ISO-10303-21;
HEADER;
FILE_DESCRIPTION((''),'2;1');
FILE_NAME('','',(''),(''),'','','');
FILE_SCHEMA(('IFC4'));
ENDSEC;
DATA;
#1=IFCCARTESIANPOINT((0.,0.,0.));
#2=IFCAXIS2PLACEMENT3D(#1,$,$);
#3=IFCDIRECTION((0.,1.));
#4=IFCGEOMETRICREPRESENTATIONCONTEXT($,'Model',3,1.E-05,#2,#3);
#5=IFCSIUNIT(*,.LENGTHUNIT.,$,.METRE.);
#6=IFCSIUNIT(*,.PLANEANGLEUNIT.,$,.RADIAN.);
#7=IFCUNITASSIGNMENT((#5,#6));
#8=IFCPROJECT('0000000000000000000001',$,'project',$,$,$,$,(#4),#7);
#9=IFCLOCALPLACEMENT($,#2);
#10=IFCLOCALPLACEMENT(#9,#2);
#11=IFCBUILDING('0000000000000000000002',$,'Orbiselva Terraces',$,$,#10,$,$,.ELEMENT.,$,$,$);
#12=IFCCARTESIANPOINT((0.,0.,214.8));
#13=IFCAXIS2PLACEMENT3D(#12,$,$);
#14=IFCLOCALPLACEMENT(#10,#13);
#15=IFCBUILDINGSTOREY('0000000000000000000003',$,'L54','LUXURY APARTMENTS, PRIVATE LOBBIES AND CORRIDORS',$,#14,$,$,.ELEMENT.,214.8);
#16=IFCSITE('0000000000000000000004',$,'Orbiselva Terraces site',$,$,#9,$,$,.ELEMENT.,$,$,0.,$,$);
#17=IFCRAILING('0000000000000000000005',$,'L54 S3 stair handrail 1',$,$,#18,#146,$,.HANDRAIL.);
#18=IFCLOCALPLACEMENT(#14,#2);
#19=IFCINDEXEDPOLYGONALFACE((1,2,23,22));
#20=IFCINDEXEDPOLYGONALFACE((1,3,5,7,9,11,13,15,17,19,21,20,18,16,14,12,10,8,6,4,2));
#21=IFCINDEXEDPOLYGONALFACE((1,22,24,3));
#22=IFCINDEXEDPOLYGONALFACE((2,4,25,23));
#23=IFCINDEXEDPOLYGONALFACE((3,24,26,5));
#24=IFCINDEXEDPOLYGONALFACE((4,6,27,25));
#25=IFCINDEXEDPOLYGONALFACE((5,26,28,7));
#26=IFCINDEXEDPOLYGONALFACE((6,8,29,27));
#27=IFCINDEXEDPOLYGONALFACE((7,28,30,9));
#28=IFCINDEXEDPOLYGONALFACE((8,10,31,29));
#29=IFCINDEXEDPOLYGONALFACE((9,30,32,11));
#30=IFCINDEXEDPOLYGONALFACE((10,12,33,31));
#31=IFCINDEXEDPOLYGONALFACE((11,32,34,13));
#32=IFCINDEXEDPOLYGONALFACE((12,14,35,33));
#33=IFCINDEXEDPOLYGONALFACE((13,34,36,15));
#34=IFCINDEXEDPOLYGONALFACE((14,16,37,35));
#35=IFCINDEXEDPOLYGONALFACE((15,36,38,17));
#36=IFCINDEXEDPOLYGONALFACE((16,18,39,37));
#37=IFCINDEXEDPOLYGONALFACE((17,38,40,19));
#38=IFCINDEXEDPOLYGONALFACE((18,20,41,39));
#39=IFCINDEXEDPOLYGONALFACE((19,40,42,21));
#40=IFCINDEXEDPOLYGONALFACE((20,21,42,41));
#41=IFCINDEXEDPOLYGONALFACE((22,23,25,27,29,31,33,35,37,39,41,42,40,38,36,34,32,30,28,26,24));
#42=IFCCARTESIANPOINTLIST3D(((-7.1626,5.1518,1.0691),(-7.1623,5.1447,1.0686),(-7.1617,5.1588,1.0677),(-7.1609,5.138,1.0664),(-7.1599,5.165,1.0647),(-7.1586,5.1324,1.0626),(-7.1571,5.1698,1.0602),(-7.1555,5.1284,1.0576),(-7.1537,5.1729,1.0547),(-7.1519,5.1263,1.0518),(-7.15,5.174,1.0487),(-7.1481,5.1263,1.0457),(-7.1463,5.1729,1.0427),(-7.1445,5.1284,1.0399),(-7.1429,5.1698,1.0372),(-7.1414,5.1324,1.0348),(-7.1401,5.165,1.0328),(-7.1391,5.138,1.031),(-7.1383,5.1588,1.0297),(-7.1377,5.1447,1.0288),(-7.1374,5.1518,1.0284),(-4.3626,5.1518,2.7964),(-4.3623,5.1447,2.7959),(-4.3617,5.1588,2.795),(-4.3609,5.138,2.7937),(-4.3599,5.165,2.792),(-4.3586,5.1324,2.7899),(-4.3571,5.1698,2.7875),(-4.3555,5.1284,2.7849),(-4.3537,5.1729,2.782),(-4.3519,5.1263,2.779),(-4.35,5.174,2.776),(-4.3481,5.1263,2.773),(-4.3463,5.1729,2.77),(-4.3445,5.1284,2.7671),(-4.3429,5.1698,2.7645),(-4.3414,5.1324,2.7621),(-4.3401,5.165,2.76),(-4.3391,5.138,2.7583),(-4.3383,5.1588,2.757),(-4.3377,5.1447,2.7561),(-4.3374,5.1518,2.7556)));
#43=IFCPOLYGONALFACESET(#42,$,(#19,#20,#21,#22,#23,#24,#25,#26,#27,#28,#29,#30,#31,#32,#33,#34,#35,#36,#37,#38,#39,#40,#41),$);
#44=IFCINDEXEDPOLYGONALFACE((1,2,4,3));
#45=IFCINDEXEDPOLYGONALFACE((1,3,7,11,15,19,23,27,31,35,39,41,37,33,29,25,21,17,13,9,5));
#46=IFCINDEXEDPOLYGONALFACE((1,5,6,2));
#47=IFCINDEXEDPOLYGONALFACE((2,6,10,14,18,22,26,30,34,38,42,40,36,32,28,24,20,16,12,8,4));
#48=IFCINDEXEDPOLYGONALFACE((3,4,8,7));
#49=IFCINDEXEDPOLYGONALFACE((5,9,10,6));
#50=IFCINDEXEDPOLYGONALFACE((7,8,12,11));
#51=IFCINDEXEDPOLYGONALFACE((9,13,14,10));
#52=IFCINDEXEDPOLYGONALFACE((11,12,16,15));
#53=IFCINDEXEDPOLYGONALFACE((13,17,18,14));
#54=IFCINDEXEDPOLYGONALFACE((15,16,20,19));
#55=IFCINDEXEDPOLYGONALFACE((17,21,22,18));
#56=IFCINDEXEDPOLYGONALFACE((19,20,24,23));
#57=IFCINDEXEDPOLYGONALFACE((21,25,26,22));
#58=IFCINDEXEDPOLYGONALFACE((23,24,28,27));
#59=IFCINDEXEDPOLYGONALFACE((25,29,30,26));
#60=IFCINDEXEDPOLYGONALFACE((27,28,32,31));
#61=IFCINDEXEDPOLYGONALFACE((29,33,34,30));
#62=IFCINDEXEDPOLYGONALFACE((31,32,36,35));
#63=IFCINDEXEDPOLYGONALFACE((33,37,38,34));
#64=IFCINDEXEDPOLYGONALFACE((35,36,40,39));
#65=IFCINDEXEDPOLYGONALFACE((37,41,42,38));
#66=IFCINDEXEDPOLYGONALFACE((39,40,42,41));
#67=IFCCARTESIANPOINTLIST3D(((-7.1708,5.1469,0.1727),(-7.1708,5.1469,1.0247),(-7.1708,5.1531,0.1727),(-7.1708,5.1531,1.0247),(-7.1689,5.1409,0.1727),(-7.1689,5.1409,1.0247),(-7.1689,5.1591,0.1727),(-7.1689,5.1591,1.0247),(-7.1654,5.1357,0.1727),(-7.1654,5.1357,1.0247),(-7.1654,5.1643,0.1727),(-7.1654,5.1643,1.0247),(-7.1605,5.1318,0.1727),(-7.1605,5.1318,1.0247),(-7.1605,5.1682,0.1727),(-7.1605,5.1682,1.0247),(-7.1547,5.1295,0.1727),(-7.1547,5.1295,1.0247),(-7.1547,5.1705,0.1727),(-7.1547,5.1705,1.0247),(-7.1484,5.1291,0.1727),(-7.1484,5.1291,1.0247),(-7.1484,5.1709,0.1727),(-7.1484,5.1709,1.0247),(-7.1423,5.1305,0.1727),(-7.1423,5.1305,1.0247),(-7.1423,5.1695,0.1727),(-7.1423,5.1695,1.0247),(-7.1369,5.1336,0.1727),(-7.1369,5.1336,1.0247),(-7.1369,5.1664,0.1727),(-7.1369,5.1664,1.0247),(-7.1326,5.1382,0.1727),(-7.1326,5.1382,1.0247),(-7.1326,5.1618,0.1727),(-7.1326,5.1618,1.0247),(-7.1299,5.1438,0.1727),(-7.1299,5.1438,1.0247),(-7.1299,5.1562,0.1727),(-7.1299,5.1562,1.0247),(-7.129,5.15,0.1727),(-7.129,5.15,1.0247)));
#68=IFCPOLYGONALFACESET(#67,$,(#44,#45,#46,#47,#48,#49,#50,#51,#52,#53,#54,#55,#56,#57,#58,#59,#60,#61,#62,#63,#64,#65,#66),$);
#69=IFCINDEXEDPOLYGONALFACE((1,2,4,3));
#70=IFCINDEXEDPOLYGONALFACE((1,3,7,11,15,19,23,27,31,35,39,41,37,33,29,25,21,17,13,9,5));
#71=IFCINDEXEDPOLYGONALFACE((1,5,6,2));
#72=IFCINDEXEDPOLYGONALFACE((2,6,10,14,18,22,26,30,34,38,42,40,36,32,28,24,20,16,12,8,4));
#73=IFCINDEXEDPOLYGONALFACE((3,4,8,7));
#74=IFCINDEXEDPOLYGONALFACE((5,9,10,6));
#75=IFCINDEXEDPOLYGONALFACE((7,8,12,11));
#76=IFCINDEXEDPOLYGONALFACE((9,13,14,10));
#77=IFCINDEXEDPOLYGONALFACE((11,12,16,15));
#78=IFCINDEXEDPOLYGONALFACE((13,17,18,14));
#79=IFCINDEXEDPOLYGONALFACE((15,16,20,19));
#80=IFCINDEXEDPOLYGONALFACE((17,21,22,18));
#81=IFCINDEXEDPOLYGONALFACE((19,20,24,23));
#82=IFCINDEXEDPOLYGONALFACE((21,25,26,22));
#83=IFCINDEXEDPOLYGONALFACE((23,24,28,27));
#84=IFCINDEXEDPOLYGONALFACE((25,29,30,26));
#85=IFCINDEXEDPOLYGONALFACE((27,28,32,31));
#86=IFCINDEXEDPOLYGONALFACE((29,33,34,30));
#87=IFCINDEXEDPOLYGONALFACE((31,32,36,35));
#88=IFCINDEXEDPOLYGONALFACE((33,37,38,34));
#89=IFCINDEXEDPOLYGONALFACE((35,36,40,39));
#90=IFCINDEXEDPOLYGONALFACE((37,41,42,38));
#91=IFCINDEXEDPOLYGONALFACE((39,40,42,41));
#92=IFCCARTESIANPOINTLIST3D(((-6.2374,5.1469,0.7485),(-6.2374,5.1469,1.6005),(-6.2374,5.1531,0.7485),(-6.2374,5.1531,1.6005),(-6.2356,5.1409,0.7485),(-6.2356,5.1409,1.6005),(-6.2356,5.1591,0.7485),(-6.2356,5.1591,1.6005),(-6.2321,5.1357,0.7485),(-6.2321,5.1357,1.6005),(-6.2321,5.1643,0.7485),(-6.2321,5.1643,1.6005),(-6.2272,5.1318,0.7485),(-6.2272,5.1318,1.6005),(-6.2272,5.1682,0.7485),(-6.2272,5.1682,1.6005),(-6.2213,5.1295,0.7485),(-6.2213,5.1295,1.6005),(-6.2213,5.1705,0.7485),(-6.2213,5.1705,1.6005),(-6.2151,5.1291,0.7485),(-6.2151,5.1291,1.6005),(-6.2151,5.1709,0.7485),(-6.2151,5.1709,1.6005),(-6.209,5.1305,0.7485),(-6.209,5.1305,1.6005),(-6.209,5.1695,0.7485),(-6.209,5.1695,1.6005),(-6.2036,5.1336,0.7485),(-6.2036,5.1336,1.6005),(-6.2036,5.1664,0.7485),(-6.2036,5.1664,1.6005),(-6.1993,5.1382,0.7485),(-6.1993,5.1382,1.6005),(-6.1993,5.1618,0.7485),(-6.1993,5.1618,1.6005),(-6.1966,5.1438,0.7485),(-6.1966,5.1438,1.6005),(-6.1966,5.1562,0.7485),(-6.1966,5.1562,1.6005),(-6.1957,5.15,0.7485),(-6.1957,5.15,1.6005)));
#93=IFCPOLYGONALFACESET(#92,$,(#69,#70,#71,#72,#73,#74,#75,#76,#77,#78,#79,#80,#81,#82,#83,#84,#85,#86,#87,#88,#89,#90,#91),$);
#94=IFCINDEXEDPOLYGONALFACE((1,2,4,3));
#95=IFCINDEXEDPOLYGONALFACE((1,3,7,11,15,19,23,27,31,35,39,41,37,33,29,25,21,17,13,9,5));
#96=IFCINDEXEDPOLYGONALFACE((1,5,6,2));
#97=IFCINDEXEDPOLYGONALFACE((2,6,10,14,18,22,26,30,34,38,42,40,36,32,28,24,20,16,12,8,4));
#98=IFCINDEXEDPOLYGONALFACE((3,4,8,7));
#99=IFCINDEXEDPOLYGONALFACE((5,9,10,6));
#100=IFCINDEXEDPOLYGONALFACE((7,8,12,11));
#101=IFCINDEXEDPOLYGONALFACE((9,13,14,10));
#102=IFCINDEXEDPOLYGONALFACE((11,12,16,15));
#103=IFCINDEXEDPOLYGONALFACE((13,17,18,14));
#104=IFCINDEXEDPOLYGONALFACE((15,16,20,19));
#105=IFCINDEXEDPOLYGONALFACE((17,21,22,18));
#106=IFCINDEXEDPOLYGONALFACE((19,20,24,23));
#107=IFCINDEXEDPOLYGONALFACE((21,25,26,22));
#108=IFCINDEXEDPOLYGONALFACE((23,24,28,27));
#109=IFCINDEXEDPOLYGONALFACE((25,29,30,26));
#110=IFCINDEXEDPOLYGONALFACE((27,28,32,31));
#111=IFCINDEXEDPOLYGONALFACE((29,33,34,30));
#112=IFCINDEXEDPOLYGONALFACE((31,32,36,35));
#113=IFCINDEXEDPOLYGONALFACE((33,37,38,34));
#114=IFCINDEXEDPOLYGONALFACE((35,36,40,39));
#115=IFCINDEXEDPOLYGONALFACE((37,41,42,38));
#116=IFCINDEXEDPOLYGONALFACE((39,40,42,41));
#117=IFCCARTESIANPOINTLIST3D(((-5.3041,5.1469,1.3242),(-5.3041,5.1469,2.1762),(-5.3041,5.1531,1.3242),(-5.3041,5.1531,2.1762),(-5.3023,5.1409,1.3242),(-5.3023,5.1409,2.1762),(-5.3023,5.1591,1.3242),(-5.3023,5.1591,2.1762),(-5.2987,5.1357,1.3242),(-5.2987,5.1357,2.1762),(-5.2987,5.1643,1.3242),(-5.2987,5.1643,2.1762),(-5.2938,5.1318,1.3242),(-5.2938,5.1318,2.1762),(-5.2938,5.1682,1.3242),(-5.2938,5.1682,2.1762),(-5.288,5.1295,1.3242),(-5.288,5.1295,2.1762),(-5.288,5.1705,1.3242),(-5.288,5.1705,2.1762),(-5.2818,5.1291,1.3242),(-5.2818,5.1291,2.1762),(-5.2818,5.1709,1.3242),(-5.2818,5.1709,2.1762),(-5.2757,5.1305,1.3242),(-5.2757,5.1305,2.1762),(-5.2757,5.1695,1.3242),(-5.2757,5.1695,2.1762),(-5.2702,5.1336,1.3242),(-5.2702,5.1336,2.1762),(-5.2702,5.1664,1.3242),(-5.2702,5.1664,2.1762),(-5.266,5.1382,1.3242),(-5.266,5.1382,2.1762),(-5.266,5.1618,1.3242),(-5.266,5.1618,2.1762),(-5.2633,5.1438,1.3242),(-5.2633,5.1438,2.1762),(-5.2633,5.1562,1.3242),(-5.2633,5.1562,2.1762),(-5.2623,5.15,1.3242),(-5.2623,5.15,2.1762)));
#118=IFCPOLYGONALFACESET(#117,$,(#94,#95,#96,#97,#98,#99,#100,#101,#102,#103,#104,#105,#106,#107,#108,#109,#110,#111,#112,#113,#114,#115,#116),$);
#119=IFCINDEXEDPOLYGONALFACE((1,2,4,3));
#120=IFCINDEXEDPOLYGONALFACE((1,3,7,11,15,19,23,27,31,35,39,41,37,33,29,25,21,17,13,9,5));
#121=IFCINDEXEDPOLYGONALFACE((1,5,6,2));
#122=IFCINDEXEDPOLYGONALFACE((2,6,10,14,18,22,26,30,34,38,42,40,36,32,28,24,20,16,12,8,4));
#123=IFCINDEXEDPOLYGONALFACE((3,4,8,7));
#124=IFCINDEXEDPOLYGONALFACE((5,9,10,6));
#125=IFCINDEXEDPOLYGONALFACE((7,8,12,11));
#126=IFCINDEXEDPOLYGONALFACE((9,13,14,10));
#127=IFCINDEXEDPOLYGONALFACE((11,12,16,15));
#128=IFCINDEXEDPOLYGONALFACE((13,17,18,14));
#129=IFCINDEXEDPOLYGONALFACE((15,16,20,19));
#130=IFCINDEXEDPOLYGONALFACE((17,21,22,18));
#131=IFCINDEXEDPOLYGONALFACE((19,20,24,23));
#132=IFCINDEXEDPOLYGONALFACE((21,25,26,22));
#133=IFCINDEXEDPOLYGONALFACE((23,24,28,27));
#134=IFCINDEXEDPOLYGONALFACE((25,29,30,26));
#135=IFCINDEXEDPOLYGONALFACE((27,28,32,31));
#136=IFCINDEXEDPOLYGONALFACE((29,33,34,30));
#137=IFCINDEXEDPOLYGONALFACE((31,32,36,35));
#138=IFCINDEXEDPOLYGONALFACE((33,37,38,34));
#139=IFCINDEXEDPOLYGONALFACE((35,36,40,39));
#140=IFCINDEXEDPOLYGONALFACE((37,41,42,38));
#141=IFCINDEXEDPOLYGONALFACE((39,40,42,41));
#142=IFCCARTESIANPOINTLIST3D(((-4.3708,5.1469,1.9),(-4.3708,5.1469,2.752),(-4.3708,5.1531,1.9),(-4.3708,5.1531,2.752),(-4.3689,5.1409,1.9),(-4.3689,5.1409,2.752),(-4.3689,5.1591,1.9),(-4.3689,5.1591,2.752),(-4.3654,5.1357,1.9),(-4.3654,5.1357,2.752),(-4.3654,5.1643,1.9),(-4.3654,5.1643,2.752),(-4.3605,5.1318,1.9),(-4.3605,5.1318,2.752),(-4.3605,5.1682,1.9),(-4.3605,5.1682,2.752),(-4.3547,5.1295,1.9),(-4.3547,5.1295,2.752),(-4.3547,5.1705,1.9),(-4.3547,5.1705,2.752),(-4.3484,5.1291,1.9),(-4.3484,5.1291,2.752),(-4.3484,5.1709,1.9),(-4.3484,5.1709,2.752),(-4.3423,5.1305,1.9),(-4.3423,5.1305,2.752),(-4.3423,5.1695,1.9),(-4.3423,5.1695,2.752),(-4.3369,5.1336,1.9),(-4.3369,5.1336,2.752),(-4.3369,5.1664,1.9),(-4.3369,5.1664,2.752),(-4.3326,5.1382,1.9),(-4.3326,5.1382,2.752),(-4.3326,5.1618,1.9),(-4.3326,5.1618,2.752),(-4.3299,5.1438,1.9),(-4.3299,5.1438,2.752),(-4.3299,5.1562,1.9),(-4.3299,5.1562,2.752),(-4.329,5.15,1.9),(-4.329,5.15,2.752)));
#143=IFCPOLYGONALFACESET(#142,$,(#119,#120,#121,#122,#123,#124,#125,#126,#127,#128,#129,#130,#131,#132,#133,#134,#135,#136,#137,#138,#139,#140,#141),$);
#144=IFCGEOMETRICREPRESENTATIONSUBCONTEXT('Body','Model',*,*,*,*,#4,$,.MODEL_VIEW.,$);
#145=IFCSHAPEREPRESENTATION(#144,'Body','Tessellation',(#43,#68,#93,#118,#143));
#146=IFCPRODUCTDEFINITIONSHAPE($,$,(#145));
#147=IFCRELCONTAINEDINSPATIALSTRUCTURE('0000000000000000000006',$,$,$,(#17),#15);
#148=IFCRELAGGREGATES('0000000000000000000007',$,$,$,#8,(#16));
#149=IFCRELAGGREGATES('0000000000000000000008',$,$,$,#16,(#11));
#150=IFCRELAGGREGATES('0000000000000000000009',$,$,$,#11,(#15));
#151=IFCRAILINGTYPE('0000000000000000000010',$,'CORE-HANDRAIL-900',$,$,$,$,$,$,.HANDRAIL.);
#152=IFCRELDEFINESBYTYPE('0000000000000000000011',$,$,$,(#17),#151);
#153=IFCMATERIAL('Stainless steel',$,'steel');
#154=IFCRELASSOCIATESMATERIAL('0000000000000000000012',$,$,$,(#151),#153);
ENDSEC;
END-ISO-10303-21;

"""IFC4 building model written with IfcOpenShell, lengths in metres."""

from ifc_helpers import new_model, si_unit, direction, frame, origin, origin_2d, place, context, subcontext, project, spatial, circle, extrude, material, type_object, element, save


model = new_model("IFC4")

# Units and contexts
model_context = context("Model", 3, precision=1e-05, world=origin(), true_north=direction((0.0, 1.0)))
body_context = subcontext(model_context, "Body", "Model", "MODEL_VIEW")
ifc_project = project(units=[si_unit("LENGTHUNIT", "METRE"), si_unit("PLANEANGLEUNIT", "RADIAN")], contexts=[model_context])

# Site, building, storey
site_placement = place(None, origin())
site = spatial("IfcSite", under=ifc_project, at=site_placement, Name="Orbiselva Terraces site", CompositionType="ELEMENT", RefElevation=0.0)
building_placement = place(site_placement, origin())
building = spatial("IfcBuilding", under=site, at=building_placement, Name="Orbiselva Terraces", CompositionType="ELEMENT")
storey_placement = place(building_placement, frame((0.0, 0.0, 214.8)))
storey = spatial("IfcBuildingStorey", under=building, at=storey_placement, Name="L54", Description="LUXURY APARTMENTS, PRIVATE LOBBIES AND CORRIDORS", CompositionType="ELEMENT", Elevation=214.8)

# Railing
ifc_material_1 = material(Name="Stainless steel", Category="steel")
railing_type_1 = type_object("IfcRailingType", Name="CORE-HANDRAIL-900", PredefinedType="HANDRAIL", material=ifc_material_1)
railing_1_placement = place(storey_placement, frame((-7.15, 5.15, 0.1727)))
element("IfcRailing", 1, at=railing_1_placement, inside=storey, type_object=railing_type_1, Name="L54 S3 stair handrail 1", PredefinedType="HANDRAIL", context=body_context, shape_type="SweptSolid", body=[
    extrude(circle(Radius=0.024, at=origin_2d()), frame((0.0, 0.0, 0.876), z_axis=(0.851089, 0.0, 0.525022), x_axis=(0.0, 1.0, 0.0)), (0.0, 0.0, 1.0), 3.2899),
    extrude(circle(Radius=0.021, at=origin_2d()), origin(), (0.0, 0.0, 1.0), 0.852),
    extrude(circle(Radius=0.021, at=origin_2d()), frame((0.9333, 0.0, 0.5758)), (0.0, 0.0, 1.0), 0.852),
    extrude(circle(Radius=0.021, at=origin_2d()), frame((1.8667, 0.0, 1.1515)), (0.0, 0.0, 1.0), 0.852),
    extrude(circle(Radius=0.021, at=origin_2d()), frame((2.8, 0.0, 1.7273)), (0.0, 0.0, 1.0), 0.852),
])

save(model, "model.ifc")
